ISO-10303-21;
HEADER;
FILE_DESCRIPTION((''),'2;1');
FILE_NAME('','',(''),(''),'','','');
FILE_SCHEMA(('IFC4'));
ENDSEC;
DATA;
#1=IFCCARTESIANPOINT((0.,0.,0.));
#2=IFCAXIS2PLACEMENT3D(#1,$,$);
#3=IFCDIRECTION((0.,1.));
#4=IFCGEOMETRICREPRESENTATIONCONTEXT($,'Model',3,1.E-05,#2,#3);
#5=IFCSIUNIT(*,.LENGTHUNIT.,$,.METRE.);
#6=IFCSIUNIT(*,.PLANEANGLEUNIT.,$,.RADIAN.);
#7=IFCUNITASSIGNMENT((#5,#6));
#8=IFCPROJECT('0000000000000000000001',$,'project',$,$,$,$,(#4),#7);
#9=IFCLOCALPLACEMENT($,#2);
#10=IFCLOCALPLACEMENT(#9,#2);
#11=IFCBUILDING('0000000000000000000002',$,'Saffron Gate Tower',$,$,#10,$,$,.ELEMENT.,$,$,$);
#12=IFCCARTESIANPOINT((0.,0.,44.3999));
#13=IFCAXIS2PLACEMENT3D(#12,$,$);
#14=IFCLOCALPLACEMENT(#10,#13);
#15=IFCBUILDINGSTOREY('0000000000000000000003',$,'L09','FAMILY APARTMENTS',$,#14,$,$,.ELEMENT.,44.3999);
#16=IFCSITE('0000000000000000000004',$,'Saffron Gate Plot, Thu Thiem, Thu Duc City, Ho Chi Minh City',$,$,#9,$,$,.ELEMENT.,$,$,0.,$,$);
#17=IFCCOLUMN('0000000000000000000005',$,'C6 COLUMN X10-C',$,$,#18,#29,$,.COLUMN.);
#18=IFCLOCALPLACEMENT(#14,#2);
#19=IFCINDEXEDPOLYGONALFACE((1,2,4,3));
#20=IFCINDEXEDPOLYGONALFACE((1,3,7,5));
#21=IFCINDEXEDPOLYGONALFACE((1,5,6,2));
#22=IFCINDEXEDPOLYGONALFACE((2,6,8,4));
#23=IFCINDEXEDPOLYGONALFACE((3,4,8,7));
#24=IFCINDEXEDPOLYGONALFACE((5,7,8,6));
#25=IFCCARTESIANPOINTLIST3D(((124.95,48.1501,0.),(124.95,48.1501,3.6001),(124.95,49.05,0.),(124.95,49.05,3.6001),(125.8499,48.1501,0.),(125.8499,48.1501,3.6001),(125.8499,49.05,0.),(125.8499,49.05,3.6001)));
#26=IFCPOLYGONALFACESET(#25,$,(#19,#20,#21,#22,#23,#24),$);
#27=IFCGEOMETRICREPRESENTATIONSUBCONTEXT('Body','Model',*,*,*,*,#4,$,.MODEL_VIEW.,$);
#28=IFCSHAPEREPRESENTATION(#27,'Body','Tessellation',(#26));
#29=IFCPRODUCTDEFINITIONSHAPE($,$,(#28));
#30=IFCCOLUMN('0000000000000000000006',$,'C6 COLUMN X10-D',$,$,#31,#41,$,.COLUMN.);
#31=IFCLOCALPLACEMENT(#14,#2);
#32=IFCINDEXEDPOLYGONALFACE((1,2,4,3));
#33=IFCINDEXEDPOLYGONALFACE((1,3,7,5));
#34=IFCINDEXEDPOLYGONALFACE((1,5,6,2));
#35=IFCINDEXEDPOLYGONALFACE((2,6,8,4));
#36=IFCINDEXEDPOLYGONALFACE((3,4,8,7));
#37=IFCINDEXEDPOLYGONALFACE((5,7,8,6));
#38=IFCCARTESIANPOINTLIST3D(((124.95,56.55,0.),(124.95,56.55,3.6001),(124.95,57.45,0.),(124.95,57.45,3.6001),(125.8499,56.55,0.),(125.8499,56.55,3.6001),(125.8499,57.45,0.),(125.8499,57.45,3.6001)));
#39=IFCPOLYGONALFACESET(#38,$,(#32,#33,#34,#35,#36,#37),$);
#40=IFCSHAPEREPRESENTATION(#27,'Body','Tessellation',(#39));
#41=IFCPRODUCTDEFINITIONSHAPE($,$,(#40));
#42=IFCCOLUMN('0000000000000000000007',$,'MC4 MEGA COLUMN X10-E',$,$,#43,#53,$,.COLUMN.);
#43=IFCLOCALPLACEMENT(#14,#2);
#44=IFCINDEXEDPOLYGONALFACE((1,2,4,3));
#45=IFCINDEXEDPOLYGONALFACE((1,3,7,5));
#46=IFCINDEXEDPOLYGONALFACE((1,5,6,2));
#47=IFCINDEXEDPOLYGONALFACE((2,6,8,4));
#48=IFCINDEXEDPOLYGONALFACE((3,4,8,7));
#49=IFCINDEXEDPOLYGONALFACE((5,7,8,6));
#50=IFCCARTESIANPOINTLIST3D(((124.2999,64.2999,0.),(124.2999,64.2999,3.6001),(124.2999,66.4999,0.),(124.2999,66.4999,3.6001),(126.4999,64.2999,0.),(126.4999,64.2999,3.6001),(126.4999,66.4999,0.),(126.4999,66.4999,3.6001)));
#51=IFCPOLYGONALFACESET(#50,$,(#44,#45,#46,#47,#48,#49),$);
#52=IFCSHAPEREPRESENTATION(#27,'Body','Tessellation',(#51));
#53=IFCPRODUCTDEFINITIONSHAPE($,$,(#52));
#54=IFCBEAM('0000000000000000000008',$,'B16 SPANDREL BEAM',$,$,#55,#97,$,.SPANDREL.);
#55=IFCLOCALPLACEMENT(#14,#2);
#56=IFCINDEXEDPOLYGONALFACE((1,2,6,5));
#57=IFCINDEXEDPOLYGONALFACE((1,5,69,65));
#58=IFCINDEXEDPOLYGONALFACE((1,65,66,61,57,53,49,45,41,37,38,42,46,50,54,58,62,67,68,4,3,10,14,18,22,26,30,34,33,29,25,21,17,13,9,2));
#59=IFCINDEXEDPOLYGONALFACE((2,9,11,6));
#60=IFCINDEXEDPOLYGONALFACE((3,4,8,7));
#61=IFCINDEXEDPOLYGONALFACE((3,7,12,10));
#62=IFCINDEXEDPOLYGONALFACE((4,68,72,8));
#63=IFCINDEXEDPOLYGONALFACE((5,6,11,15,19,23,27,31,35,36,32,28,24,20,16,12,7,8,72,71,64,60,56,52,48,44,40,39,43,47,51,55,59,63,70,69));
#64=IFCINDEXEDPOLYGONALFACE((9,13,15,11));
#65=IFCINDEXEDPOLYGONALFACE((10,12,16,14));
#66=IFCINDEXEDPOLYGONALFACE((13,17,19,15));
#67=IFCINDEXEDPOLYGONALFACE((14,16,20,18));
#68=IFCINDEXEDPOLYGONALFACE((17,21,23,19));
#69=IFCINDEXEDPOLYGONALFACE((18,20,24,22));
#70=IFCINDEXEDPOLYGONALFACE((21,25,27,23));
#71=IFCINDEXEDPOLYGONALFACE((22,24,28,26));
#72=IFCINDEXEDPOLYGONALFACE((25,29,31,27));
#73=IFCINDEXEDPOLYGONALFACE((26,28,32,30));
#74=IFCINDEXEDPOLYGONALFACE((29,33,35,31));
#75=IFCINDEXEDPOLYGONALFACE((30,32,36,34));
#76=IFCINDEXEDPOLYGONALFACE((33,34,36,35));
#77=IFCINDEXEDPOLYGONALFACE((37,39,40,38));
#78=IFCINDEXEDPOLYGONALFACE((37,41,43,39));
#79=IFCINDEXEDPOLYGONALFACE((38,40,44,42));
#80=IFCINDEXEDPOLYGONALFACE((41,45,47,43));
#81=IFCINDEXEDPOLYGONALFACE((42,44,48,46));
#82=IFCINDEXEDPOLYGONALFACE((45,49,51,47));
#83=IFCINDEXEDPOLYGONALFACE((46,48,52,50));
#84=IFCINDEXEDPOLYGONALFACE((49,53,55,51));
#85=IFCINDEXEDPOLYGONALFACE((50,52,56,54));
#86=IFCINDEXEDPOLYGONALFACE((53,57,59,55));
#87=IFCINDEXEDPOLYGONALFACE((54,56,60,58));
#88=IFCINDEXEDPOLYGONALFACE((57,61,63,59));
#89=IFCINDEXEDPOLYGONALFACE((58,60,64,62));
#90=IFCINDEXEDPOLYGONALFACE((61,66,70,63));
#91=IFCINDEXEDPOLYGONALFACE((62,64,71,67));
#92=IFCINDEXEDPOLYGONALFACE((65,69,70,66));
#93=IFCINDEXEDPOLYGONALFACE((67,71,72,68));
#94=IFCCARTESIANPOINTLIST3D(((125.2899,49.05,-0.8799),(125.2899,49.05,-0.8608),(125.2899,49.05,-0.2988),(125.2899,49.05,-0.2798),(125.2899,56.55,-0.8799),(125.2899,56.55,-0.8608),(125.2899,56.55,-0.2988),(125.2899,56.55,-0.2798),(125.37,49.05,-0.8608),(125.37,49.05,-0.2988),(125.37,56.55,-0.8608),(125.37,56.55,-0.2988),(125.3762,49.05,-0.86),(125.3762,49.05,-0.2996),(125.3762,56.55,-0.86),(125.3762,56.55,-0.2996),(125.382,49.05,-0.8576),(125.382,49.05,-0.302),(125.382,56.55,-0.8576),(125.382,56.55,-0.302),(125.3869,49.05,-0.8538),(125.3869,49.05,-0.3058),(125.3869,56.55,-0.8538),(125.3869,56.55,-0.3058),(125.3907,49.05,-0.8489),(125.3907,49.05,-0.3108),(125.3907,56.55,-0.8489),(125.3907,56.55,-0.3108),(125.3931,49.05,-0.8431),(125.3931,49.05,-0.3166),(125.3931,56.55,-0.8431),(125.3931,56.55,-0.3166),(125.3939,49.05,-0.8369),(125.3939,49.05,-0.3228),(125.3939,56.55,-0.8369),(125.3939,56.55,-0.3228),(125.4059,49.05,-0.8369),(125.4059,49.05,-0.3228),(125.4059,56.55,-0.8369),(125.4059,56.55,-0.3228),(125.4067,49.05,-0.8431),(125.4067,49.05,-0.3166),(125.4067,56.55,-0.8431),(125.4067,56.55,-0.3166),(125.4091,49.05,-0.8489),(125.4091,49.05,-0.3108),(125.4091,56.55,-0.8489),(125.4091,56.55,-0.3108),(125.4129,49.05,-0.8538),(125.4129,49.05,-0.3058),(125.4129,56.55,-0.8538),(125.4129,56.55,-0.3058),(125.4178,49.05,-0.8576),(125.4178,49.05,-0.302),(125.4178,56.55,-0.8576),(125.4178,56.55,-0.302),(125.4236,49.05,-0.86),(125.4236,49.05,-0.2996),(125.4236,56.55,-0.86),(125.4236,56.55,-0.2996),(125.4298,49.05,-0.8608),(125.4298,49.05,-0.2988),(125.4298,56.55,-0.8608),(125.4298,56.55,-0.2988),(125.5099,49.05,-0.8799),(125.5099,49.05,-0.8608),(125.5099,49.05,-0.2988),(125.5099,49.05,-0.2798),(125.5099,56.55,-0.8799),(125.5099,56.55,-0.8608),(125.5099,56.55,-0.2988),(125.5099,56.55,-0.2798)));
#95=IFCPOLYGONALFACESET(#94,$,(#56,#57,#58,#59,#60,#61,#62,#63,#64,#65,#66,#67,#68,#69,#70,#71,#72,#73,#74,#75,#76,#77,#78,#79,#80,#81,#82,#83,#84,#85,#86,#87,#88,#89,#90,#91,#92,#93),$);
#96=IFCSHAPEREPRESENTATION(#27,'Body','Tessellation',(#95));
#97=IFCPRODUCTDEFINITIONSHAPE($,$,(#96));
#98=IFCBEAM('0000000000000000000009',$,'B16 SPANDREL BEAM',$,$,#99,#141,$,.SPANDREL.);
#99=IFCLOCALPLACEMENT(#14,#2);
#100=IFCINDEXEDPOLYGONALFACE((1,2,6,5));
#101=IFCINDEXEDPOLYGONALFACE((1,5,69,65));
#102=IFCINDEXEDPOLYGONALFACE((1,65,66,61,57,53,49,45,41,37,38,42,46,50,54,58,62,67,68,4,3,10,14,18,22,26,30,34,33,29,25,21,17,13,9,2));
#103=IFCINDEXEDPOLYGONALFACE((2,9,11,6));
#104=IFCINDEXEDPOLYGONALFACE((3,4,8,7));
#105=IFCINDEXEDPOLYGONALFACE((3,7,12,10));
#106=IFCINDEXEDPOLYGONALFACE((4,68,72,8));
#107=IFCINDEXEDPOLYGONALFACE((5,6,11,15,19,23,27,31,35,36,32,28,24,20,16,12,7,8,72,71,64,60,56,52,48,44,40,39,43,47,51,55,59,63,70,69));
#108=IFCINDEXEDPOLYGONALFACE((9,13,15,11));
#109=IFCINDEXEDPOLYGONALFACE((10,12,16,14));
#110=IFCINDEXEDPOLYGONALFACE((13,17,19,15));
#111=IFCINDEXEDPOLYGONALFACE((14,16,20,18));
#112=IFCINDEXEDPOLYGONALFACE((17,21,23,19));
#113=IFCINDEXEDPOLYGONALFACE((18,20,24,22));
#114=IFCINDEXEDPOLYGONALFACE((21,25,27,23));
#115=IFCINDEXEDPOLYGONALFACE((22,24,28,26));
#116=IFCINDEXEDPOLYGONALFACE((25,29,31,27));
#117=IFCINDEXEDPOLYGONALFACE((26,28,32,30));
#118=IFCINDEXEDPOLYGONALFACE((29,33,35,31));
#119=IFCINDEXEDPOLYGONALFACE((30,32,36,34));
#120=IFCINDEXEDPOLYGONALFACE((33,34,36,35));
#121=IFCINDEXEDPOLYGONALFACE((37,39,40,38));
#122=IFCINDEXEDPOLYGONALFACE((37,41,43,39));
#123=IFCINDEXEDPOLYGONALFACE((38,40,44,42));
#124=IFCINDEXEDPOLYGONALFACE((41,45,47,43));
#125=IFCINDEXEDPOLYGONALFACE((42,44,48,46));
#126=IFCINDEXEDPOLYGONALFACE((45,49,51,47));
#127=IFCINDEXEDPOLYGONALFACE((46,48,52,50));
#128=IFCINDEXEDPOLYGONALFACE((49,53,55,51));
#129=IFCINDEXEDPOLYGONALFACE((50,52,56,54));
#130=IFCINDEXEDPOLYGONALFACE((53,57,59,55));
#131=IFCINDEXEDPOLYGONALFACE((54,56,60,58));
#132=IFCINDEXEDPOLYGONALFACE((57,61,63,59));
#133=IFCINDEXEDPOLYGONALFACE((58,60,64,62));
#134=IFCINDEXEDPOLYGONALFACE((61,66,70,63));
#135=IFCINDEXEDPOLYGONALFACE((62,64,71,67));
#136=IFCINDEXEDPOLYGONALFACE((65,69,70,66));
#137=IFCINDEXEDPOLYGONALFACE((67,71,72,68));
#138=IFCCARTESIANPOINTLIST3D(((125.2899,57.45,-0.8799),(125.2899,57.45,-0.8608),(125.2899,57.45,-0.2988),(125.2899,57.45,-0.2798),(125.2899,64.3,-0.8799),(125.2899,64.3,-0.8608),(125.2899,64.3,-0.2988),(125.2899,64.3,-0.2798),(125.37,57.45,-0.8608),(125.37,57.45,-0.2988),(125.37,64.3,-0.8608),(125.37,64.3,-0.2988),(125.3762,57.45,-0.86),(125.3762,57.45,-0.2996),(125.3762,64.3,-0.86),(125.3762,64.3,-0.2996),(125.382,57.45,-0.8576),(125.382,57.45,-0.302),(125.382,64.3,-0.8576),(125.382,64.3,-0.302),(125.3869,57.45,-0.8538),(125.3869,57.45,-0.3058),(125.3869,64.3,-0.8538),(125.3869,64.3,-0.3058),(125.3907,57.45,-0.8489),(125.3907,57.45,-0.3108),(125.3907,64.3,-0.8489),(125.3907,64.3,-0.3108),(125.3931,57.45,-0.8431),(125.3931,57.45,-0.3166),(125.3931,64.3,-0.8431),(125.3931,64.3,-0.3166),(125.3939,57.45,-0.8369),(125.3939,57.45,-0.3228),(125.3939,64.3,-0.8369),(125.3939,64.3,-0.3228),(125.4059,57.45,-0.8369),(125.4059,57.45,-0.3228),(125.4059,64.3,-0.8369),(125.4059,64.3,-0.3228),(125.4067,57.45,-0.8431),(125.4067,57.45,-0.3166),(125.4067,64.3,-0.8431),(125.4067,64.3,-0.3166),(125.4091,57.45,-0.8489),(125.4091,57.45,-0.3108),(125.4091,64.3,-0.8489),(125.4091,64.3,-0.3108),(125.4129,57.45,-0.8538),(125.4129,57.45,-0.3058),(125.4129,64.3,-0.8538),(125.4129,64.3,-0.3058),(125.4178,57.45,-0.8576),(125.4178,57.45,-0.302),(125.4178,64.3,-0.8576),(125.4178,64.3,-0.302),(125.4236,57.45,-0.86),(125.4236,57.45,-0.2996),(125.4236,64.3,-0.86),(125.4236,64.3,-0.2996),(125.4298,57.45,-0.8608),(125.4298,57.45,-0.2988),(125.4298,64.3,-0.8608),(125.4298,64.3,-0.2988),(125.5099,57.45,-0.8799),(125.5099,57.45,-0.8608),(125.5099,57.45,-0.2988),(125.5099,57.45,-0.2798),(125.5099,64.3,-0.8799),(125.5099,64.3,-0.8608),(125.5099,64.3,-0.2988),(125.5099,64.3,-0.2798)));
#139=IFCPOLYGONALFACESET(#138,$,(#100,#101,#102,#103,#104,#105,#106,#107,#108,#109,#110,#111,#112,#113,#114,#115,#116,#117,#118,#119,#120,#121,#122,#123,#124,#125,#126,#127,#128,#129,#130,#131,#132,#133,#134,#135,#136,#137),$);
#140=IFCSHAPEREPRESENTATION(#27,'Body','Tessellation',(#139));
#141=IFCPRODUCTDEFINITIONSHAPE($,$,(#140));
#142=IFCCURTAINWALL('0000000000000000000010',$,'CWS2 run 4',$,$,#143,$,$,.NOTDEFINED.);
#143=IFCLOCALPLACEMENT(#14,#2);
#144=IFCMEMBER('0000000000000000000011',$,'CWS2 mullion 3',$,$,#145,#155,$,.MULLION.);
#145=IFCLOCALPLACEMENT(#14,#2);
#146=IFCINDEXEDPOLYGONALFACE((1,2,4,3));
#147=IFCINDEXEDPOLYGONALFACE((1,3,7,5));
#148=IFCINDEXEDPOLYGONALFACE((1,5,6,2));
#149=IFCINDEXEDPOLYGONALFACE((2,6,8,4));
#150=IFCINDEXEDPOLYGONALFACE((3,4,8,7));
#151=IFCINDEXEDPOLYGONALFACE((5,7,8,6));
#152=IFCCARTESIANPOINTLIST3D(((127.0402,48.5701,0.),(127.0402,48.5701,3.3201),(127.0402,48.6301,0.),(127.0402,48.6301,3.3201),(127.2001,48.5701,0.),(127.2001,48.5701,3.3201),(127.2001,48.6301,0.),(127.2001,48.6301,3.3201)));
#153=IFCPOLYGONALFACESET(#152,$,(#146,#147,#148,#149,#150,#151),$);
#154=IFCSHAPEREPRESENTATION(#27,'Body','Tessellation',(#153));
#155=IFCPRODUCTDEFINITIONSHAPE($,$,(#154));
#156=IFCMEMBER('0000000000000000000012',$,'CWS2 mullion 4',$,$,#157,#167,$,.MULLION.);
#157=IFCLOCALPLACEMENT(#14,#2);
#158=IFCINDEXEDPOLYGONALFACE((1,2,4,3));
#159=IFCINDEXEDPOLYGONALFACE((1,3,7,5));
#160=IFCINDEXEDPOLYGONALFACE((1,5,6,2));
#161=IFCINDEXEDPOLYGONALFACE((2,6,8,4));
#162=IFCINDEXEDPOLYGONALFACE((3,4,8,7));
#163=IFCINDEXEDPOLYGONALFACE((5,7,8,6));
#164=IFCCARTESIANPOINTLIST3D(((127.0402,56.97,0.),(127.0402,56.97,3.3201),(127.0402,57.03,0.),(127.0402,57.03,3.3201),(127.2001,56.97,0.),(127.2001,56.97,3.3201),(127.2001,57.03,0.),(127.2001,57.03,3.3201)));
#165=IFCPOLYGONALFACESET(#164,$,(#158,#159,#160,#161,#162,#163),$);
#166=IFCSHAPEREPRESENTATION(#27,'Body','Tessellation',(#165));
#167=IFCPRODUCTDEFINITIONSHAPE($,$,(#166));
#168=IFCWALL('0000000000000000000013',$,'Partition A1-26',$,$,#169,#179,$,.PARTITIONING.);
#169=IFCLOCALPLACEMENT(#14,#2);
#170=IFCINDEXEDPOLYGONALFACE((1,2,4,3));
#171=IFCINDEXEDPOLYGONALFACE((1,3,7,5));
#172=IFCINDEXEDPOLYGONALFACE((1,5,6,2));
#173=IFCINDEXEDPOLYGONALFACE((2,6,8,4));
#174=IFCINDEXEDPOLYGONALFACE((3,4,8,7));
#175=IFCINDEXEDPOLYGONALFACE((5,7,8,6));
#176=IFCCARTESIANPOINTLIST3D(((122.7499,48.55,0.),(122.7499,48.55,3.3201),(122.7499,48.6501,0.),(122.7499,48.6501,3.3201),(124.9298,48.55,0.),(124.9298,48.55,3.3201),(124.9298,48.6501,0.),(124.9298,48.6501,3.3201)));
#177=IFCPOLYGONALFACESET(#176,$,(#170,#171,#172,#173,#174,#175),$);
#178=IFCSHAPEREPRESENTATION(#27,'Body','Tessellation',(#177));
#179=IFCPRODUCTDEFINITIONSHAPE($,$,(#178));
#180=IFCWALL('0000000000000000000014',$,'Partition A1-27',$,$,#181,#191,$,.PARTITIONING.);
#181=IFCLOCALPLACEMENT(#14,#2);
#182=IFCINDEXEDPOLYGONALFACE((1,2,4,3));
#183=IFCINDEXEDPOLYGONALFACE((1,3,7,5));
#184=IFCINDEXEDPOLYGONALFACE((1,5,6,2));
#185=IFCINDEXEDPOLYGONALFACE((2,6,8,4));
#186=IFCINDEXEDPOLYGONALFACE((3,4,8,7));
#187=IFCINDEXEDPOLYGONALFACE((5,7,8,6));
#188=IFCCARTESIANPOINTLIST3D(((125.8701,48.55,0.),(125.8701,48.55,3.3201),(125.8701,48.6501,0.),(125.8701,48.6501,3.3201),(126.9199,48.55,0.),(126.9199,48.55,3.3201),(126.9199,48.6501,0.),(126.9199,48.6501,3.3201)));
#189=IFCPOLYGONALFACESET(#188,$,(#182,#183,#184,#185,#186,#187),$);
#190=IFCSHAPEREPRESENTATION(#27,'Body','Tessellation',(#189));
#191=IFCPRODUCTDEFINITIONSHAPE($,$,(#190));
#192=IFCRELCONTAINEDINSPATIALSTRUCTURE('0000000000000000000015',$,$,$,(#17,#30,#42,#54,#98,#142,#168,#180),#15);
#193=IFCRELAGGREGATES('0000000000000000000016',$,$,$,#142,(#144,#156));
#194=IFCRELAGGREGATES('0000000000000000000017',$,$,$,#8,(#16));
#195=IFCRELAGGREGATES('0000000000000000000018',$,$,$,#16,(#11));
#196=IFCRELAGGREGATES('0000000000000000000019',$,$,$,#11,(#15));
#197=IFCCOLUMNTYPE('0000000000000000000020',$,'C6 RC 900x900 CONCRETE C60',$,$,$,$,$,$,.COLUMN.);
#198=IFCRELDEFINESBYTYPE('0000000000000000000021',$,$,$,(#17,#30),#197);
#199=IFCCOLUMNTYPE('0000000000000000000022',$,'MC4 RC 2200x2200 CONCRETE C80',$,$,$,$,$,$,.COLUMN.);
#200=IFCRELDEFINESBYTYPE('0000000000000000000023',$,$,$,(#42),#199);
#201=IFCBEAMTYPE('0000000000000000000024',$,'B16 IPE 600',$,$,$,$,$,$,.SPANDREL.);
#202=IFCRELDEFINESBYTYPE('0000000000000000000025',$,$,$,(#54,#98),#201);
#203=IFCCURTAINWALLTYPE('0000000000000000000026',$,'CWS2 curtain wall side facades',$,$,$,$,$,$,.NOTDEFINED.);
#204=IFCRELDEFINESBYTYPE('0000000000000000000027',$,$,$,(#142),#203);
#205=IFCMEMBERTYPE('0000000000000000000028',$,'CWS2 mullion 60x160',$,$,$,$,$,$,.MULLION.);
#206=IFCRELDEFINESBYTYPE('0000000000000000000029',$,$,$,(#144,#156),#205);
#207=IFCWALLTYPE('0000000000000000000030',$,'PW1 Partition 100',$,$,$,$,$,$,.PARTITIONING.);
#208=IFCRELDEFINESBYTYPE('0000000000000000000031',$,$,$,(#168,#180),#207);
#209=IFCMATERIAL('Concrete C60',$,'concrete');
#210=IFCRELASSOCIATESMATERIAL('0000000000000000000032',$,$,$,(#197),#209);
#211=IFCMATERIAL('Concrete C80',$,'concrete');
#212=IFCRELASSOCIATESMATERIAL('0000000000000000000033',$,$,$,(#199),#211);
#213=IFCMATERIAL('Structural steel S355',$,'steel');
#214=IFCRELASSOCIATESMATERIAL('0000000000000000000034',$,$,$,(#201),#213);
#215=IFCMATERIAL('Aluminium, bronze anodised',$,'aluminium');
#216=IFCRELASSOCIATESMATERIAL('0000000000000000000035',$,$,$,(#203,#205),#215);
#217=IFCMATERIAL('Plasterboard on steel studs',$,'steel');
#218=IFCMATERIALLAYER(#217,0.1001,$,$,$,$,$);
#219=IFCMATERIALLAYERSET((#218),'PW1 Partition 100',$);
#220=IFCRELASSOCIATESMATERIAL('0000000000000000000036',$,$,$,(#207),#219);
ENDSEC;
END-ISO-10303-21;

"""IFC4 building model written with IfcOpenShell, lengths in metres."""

from ifc_helpers import new_model, si_unit, direction, frame, frame_2d, origin, origin_2d, place, context, subcontext, project, spatial, rectangle, i_section, extrude, material, layer, layer_set, material_profile, profile_set, type_object, element, aggregate, save


model = new_model("IFC4")

# Units and contexts
model_context = context("Model", 3, precision=1e-05, world=origin(), true_north=direction((0.0, 1.0)))
body_context = subcontext(model_context, "Body", "Model", "MODEL_VIEW")
ifc_project = project(units=[si_unit("LENGTHUNIT", "METRE"), si_unit("PLANEANGLEUNIT", "RADIAN")], contexts=[model_context])

# Site, building, storey
site_placement = place(None, origin())
site = spatial("IfcSite", under=ifc_project, at=site_placement, Name="Saffron Gate Plot, Thu Thiem, Thu Duc City, Ho Chi Minh City", CompositionType="ELEMENT", RefElevation=0.0)
building_placement = place(site_placement, origin())
building = spatial("IfcBuilding", under=site, at=building_placement, Name="Saffron Gate Tower", CompositionType="ELEMENT")
storey_placement = place(building_placement, frame((0.0, 0.0, 44.3999)))
storey = spatial("IfcBuildingStorey", under=building, at=storey_placement, Name="L09", Description="FAMILY APARTMENTS", CompositionType="ELEMENT", Elevation=44.3999)

# Columns
ifc_material_1 = material(Name="Concrete C60", Category="concrete")
ifc_material_profile_1 = material_profile(ifc_material_1, rectangle(XDim=0.8999, YDim=0.8999, at=origin_2d()))
ifc_profile_set_1 = profile_set([ifc_material_profile_1], Name="Concrete C60")
column_type_1 = type_object("IfcColumnType", Name="C6 RC 900x900 CONCRETE C60", PredefinedType="COLUMN", material=ifc_profile_set_1)
for number, where, z_axis, x_axis, name in (
    (1, (125.3999, 48.6001, 0.0), (0.0, 0.0, 1.0), (1.0, 0.0, 0.0), "C6 COLUMN X10-C"),
    (2, (125.3999, 57.0, 0.0), (0.0, 0.0, 1.0), (1.0, 0.0, 0.0), "C6 COLUMN X10-D"),
):
    element("IfcColumn", number, at=place(storey_placement, frame(where, z_axis=z_axis, x_axis=x_axis)), inside=storey, type_object=column_type_1, Name=name, PredefinedType="COLUMN", context=body_context, shape_type="SweptSolid", body=[
        extrude(rectangle(XDim=0.8999, YDim=0.8999, at=origin_2d()), origin(), (0.0, 0.0, 1.0), 3.6001),
    ])
ifc_material_2 = material(Name="Concrete C80", Category="concrete")
ifc_material_profile_2 = material_profile(ifc_material_2, rectangle(XDim=2.2, YDim=2.2, at=origin_2d()))
ifc_profile_set_2 = profile_set([ifc_material_profile_2], Name="Concrete C80")
column_type_2 = type_object("IfcColumnType", Name="MC4 RC 2200x2200 CONCRETE C80", PredefinedType="COLUMN", material=ifc_profile_set_2)
column_placement = place(storey_placement, frame((125.3999, 65.3999, 0.0), z_axis=(0.0, 0.0, 1.0), x_axis=(1.0, 0.0, 0.0)))
element("IfcColumn", 3, at=column_placement, inside=storey, type_object=column_type_2, Name="MC4 MEGA COLUMN X10-E", PredefinedType="COLUMN", context=body_context, shape_type="SweptSolid", body=[
    extrude(rectangle(XDim=2.2, YDim=2.2, at=origin_2d()), origin(), (0.0, 0.0, 1.0), 3.6001),
])

# Beams
ifc_material_3 = material(Name="Structural steel S355", Category="steel")
ifc_material_profile_3 = material_profile(ifc_material_3, i_section(OverallWidth=0.22, OverallDepth=0.6001, WebThickness=0.012, FlangeThickness=0.019, FilletRadius=0.0239, at=origin_2d()))
ifc_profile_set_3 = profile_set([ifc_material_profile_3], Name="Structural steel S355")
beam_type = type_object("IfcBeamType", Name="B16 IPE 600", PredefinedType="SPANDREL", material=ifc_profile_set_3)
beam_1_placement = place(storey_placement, frame((125.3999, 49.05, -0.5798), z_axis=(0.0, 1.0, 0.0), x_axis=(-1.0, 0.0, 0.0)))
element("IfcBeam", 4, at=beam_1_placement, inside=storey, type_object=beam_type, Name="B16 SPANDREL BEAM", PredefinedType="SPANDREL", context=body_context, shape_type="SweptSolid", body=[
    extrude(i_section(OverallWidth=0.22, OverallDepth=0.6001, WebThickness=0.012, FlangeThickness=0.019, FilletRadius=0.0239, at=origin_2d()), origin(), (0.0, 0.0, 1.0), 7.5),
])
beam_2_placement = place(storey_placement, frame((125.3999, 57.45, -0.5798), z_axis=(0.0, 1.0, 0.0), x_axis=(-1.0, 0.0, 0.0)))
element("IfcBeam", 5, at=beam_2_placement, inside=storey, type_object=beam_type, Name="B16 SPANDREL BEAM", PredefinedType="SPANDREL", context=body_context, shape_type="SweptSolid", body=[
    extrude(i_section(OverallWidth=0.22, OverallDepth=0.6001, WebThickness=0.012, FlangeThickness=0.019, FilletRadius=0.0239, at=origin_2d()), origin(), (0.0, 0.0, 1.0), 6.8501),
])

# Curtain wall, members
ifc_material_4 = material(Name="Aluminium, bronze anodised", Category="aluminium")
curtain_wall_type = type_object("IfcCurtainWallType", Name="CWS2 curtain wall side facades", PredefinedType="NOTDEFINED", material=ifc_material_4)
curtain_wall_placement = place(storey_placement, origin())
curtain_wall = element("IfcCurtainWall", 6, at=curtain_wall_placement, inside=storey, type_object=curtain_wall_type, Name="CWS2 run 4", PredefinedType="NOTDEFINED")
ifc_material_profile_4 = material_profile(ifc_material_4, rectangle(XDim=0.1599, YDim=0.0601, at=origin_2d()))
ifc_profile_set_4 = profile_set([ifc_material_profile_4], Name="Aluminium, bronze anodised")
member_type = type_object("IfcMemberType", Name="CWS2 mullion 60x160", PredefinedType="MULLION", material=ifc_profile_set_4)
member_1_placement = place(storey_placement, frame((127.1201, 48.6001, 0.0), z_axis=(0.0, 0.0, 1.0), x_axis=(-1.0, 0.0, 0.0)))
member_1 = element("IfcMember", 7, at=member_1_placement, type_object=member_type, Name="CWS2 mullion 3", PredefinedType="MULLION", context=body_context, shape_type="SweptSolid", body=[
    extrude(rectangle(XDim=0.1599, YDim=0.0601, at=origin_2d()), origin(), (0.0, 0.0, 1.0), 3.3201),
])
member_2_placement = place(storey_placement, frame((127.1201, 57.0, 0.0), z_axis=(0.0, 0.0, 1.0), x_axis=(-1.0, 0.0, 0.0)))
member_2 = element("IfcMember", 8, at=member_2_placement, type_object=member_type, Name="CWS2 mullion 4", PredefinedType="MULLION", context=body_context, shape_type="SweptSolid", body=[
    extrude(rectangle(XDim=0.1599, YDim=0.0601, at=origin_2d()), origin(), (0.0, 0.0, 1.0), 3.3201),
])
aggregate(curtain_wall, [member_1, member_2])

# Walls
ifc_material_5 = material(Name="Plasterboard on steel studs", Category="steel")
ifc_layer = layer(ifc_material_5, 0.1001)
ifc_layer_set = layer_set([ifc_layer], Name="PW1 Partition 100")
wall_type = type_object("IfcWallType", Name="PW1 Partition 100", PredefinedType="PARTITIONING", material=ifc_layer_set)
wall_1_placement = place(storey_placement, frame((122.75, 48.6001, 0.0), z_axis=(0.0, 0.0, 1.0), x_axis=(1.0, 0.0, 0.0)))
element("IfcWall", 9, at=wall_1_placement, inside=storey, type_object=wall_type, Name="Partition A1-26", PredefinedType="PARTITIONING", context=body_context, shape_type="SweptSolid", body=[
    extrude(rectangle(XDim=2.1799, YDim=0.1001, at=frame_2d((1.0898, 0.0))), origin(), (0.0, 0.0, 1.0), 3.3201),
])
wall_2_placement = place(storey_placement, frame((125.8701, 48.6001, 0.0), z_axis=(0.0, 0.0, 1.0), x_axis=(1.0, 0.0, 0.0)))
element("IfcWall", 10, at=wall_2_placement, inside=storey, type_object=wall_type, Name="Partition A1-27", PredefinedType="PARTITIONING", context=body_context, shape_type="SweptSolid", body=[
    extrude(rectangle(XDim=1.0498, YDim=0.1001, at=frame_2d((0.5249, 0.0))), origin(), (0.0, 0.0, 1.0), 3.3201),
])

save(model, "model.ifc")
